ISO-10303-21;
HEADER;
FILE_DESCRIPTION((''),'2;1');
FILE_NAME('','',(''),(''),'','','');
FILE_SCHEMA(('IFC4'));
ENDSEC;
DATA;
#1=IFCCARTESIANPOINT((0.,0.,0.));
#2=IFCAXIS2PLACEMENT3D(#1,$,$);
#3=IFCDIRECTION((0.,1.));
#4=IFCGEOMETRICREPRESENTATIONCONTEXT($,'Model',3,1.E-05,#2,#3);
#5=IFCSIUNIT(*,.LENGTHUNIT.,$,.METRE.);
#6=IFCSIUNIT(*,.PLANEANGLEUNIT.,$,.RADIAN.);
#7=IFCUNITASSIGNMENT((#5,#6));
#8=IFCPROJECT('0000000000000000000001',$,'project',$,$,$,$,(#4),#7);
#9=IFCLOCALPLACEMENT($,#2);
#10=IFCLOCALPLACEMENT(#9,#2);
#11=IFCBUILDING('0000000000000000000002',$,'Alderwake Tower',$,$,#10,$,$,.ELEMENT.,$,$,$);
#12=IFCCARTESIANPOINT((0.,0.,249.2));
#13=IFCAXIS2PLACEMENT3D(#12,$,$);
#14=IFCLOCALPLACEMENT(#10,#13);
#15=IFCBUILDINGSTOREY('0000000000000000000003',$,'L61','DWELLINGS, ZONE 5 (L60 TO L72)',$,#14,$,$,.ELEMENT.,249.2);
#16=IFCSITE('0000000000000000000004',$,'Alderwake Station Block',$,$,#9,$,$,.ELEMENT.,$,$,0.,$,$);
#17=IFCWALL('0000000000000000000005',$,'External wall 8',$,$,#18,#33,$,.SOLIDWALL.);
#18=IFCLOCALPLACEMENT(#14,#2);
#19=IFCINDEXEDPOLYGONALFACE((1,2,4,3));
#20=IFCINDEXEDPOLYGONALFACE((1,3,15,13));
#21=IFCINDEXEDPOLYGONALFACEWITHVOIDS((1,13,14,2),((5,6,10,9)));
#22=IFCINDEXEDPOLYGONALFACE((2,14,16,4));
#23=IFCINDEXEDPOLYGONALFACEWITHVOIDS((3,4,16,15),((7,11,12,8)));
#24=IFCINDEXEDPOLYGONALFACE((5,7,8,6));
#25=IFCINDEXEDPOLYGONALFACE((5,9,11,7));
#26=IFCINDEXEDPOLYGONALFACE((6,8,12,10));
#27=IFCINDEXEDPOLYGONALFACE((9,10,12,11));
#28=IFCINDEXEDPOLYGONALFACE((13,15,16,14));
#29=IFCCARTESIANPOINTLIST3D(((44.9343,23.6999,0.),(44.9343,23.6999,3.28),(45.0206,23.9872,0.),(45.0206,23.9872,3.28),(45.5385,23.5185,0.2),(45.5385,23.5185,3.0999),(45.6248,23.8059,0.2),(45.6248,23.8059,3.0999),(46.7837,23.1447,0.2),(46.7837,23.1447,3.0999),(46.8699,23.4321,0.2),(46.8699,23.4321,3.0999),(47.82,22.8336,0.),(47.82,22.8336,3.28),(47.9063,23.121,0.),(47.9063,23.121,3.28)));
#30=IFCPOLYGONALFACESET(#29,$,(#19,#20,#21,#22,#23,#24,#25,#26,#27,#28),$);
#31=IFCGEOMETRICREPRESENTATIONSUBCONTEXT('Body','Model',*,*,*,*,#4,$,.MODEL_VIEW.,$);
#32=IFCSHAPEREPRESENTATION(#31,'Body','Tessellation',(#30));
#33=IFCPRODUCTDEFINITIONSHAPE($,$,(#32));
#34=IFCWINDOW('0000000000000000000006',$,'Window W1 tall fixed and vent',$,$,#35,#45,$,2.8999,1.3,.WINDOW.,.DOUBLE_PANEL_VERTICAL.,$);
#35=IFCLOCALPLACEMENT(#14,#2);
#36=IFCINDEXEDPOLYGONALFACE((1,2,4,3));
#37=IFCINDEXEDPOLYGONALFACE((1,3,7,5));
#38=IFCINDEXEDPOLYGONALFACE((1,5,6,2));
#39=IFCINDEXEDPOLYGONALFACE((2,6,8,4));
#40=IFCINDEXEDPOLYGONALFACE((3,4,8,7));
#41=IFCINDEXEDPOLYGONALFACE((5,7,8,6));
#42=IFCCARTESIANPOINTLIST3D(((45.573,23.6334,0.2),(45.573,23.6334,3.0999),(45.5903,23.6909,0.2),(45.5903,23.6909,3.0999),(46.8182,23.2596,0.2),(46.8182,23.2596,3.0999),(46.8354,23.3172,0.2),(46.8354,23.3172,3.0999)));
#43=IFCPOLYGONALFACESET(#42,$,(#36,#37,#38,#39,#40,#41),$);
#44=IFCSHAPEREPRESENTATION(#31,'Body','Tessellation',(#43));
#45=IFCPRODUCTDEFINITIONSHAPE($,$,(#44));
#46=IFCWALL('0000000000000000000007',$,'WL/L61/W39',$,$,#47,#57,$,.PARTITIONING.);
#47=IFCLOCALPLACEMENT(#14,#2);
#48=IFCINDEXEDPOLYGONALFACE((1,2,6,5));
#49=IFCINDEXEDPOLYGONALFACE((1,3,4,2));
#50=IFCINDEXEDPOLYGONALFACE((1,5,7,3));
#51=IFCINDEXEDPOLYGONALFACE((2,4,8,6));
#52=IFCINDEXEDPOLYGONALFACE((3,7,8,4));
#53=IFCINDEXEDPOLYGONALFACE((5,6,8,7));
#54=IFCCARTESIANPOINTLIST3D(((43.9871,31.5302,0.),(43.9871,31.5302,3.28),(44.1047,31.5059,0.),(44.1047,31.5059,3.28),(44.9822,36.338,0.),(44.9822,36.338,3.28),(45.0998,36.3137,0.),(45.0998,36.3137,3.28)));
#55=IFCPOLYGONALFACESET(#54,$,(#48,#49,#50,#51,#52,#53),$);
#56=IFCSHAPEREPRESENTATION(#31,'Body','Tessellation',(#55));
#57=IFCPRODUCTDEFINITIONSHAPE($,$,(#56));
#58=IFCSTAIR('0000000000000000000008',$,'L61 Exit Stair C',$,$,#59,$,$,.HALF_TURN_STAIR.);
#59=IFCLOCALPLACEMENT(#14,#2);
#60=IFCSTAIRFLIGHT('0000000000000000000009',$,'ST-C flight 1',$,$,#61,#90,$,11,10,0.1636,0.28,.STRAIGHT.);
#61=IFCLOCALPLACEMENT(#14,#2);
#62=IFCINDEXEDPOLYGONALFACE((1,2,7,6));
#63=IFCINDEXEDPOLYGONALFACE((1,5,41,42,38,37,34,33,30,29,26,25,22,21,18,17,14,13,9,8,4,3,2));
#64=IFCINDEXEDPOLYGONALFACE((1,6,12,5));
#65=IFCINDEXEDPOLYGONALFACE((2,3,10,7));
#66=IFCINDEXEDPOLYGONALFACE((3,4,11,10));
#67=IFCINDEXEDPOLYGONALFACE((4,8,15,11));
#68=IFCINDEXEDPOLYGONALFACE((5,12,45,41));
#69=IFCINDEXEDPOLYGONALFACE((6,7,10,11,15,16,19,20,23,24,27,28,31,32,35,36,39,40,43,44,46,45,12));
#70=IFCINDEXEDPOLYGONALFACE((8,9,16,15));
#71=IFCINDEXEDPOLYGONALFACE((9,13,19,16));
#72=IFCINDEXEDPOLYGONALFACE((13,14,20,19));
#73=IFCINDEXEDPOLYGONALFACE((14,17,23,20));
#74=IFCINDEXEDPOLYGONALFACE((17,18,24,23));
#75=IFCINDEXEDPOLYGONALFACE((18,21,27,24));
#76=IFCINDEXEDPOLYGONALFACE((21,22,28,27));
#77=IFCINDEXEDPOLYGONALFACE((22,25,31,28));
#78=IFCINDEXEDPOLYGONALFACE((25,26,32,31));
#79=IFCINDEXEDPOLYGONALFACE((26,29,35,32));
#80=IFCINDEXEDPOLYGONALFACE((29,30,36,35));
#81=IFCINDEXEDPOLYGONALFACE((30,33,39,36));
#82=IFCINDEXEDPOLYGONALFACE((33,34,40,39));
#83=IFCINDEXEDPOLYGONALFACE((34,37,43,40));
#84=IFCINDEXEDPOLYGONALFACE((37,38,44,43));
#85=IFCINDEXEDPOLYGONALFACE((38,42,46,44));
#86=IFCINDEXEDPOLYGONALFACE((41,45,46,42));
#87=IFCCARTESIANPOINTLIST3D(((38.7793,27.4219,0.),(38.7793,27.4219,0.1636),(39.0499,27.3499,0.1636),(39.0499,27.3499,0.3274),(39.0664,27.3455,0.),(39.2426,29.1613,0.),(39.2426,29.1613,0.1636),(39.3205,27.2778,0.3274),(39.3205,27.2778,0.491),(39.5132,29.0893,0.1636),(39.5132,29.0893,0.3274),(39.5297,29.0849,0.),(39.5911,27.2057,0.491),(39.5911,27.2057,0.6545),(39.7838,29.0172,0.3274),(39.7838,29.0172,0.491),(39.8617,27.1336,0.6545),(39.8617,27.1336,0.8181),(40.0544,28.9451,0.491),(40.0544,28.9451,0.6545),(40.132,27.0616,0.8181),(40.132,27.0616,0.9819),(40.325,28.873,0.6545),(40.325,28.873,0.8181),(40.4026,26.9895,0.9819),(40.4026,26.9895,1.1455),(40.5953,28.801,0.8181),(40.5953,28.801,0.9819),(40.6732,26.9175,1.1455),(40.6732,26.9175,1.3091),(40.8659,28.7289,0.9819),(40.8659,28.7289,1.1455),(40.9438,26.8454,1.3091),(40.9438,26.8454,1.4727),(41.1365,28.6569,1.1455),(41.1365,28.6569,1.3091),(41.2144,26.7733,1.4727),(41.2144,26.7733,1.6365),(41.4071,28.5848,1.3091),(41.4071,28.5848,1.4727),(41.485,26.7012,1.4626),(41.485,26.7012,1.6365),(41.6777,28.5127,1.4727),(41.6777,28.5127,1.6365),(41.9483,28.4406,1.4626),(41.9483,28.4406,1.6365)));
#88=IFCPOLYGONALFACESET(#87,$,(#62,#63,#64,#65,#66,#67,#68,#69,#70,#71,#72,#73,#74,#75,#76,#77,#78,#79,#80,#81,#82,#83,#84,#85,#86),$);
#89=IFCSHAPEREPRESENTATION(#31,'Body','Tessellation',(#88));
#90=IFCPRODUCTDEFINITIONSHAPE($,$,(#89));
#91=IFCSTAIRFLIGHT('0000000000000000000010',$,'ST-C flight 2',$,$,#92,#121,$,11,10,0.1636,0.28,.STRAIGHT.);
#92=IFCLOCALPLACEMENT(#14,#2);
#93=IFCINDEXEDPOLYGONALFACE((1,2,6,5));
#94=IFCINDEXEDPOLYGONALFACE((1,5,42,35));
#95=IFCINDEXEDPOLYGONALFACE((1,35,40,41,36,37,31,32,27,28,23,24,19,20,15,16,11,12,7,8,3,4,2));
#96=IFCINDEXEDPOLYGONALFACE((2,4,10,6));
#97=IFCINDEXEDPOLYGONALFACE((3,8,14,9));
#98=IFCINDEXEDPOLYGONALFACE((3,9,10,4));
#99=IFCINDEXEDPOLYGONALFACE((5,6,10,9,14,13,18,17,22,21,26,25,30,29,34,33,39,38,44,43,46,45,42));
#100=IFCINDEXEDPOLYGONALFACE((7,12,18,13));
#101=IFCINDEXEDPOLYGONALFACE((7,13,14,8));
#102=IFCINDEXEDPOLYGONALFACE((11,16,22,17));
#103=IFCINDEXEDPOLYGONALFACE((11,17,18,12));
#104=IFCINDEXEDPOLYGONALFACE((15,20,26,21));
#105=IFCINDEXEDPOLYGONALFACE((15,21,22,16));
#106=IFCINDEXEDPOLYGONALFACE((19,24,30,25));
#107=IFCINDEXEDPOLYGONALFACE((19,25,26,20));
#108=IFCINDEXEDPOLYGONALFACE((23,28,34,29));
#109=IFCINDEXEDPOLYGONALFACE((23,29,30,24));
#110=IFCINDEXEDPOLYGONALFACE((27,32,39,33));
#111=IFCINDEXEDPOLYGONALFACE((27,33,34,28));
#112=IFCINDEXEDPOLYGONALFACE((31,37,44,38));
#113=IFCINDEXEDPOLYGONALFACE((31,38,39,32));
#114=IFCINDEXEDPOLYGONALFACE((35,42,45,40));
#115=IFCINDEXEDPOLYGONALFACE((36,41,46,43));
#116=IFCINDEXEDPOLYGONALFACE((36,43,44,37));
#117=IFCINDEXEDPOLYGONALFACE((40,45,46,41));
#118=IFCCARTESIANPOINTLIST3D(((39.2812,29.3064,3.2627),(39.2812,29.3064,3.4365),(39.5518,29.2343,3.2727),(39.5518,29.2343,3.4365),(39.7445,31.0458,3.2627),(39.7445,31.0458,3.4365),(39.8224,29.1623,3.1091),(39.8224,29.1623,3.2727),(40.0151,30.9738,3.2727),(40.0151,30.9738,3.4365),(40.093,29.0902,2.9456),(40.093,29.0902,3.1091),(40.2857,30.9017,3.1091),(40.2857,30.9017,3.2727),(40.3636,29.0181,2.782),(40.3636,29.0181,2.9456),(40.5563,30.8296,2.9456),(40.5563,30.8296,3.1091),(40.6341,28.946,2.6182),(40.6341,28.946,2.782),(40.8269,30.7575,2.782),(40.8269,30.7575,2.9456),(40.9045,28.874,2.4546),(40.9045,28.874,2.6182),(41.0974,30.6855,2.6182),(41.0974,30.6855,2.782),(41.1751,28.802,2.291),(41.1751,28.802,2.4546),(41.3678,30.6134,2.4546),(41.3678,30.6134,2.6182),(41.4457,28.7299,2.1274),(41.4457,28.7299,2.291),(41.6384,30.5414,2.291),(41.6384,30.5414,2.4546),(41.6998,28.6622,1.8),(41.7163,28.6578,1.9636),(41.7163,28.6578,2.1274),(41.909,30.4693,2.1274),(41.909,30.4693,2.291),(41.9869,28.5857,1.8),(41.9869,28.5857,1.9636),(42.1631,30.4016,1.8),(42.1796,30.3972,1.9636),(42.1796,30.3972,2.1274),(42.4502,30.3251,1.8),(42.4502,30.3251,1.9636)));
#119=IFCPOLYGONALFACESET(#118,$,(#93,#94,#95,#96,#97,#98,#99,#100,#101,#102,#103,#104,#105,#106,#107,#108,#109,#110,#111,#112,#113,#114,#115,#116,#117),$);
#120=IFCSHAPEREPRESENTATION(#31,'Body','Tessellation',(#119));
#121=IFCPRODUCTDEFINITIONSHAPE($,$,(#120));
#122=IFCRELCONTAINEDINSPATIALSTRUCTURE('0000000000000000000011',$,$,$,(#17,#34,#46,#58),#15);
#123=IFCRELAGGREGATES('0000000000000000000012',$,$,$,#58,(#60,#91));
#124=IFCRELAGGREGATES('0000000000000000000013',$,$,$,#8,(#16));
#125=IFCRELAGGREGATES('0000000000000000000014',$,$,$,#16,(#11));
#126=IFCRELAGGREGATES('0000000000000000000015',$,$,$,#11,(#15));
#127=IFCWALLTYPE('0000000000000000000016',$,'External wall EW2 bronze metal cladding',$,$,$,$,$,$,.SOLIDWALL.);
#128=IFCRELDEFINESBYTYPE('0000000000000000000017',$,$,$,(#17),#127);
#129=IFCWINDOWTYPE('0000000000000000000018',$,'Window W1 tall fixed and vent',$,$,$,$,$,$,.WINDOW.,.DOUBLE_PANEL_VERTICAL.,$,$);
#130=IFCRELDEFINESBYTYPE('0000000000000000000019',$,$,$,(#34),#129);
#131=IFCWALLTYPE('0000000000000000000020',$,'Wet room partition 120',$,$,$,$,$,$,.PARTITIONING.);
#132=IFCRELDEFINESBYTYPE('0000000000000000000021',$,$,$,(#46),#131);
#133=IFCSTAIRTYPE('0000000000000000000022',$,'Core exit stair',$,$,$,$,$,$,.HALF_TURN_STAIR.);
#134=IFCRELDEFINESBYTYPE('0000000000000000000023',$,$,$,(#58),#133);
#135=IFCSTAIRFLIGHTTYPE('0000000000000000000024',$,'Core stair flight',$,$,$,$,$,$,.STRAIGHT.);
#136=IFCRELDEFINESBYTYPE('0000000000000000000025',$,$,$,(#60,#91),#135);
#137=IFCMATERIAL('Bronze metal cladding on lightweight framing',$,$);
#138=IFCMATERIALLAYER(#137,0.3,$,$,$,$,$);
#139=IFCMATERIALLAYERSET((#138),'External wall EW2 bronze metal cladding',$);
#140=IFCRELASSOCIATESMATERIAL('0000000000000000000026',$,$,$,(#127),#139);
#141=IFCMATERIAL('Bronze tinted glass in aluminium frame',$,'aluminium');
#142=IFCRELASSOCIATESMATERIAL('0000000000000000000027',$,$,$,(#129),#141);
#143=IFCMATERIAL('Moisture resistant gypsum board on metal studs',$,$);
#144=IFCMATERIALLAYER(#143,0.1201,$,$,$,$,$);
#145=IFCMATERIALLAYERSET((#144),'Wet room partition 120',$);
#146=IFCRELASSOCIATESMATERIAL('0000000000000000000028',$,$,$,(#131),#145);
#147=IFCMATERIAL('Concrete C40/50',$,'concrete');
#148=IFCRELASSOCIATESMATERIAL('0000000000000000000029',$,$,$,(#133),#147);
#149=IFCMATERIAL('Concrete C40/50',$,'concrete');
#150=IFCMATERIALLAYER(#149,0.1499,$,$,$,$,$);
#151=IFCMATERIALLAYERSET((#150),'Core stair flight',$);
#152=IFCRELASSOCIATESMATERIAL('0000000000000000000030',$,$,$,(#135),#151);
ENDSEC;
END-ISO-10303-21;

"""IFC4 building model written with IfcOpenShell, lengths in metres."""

from ifc_helpers import new_model, si_unit, direction, frame, frame_2d, origin, place, context, subcontext, project, spatial, polyline, rectangle, outline, extrude, material, layer, layer_set, type_object, element, fill, aggregate, save


model = new_model("IFC4")

# Units and contexts
model_context = context("Model", 3, precision=1e-05, world=origin(), true_north=direction((0.0, 1.0)))
body_context = subcontext(model_context, "Body", "Model", "MODEL_VIEW")
ifc_project = project(units=[si_unit("LENGTHUNIT", "METRE"), si_unit("PLANEANGLEUNIT", "RADIAN")], contexts=[model_context])

# Site, building, storey
site_placement = place(None, origin())
site = spatial("IfcSite", under=ifc_project, at=site_placement, Name="Alderwake Station Block", CompositionType="ELEMENT", RefElevation=0.0)
building_placement = place(site_placement, origin())
building = spatial("IfcBuilding", under=site, at=building_placement, Name="Alderwake Tower", CompositionType="ELEMENT")
storey_placement = place(building_placement, frame((0.0, 0.0, 249.2)))
storey = spatial("IfcBuildingStorey", under=building, at=storey_placement, Name="L61", Description="DWELLINGS, ZONE 5 (L60 TO L72)", CompositionType="ELEMENT", Elevation=249.2)

# Shared definitions
ifc_material_1 = material(Name="Bronze metal cladding on lightweight framing")
ifc_layer_1 = layer(ifc_material_1, 0.3)
ifc_layer_set_1 = layer_set([ifc_layer_1], Name="External wall EW2 bronze metal cladding")
wall_type_1 = type_object("IfcWallType", Name="External wall EW2 bronze metal cladding", PredefinedType="SOLIDWALL", material=ifc_layer_set_1)
ifc_material_2 = material(Name="Bronze tinted glass in aluminium frame", Category="aluminium")
window_type = type_object("IfcWindowType", Name="Window W1 tall fixed and vent", PartitioningType="DOUBLE_PANEL_VERTICAL", PredefinedType="WINDOW", material=ifc_material_2)

# Wall, opening, window
wall_1_placement = place(storey_placement, frame((44.9775, 23.8435, 0.0), z_axis=(0.0, 0.0, 1.0), x_axis=(0.957782, -0.287497, 0.0)))
wall_1 = element("IfcWall", 1, at=wall_1_placement, inside=storey, type_object=wall_type_1, Name="External wall 8", PredefinedType="SOLIDWALL", context=body_context, shape_type="SweptSolid", body=[
    extrude(rectangle(XDim=3.0129, YDim=0.3, at=frame_2d((1.5063, 0.0))), origin(), (0.0, 0.0, 1.0), 3.28),
])
opening_1_placement = place(wall_1_placement, frame((0.6309, 0.0, 0.2)))
opening_1 = element("IfcOpeningElement", 2, at=opening_1_placement, cuts=wall_1, PredefinedType="OPENING", context=body_context, shape_type="SweptSolid", body=[
    extrude(rectangle(XDim=1.3, YDim=2.8999, at=frame_2d((0.6499, 1.45))), frame((0.0, 0.1599, 0.0), z_axis=(0.0, -1.0, 0.0), x_axis=(1.0, 0.0, 0.0)), (0.0, 0.0, 1.0), 0.3201),
])
window_1_placement = place(opening_1_placement, origin())
window_1 = element("IfcWindow", 3, at=window_1_placement, inside=storey, type_object=window_type, Name="Window W1 tall fixed and vent", OverallHeight=2.8999, OverallWidth=1.3, PartitioningType="DOUBLE_PANEL_VERTICAL", PredefinedType="WINDOW", context=body_context, shape_type="SweptSolid", body=[
    extrude(rectangle(XDim=1.3, YDim=2.8999, at=frame_2d((0.6499, 1.45))), frame((0.0, 0.03, 0.0), z_axis=(0.0, -1.0, 0.0), x_axis=(1.0, 0.0, 0.0)), (0.0, 0.0, 1.0), 0.0601),
])
fill(opening_1, window_1)

# Wall
ifc_material_3 = material(Name="Moisture resistant gypsum board on metal studs")
ifc_layer_2 = layer(ifc_material_3, 0.1201)
ifc_layer_set_2 = layer_set([ifc_layer_2], Name="Wet room partition 120")
wall_type_2 = type_object("IfcWallType", Name="Wet room partition 120", PredefinedType="PARTITIONING", material=ifc_layer_set_2)
wall_2_placement = place(storey_placement, frame((44.0459, 31.5181, 0.0), z_axis=(0.0, 0.0, 1.0), x_axis=(0.202681, 0.979245, 0.0)))
element("IfcWall", 4, at=wall_2_placement, inside=storey, type_object=wall_type_2, Name="WL/L61/W39", PredefinedType="PARTITIONING", context=body_context, shape_type="SweptSolid", body=[
    extrude(rectangle(XDim=4.9097, YDim=0.1201, at=frame_2d((2.4548, 0.0))), origin(), (0.0, 0.0, 1.0), 3.28),
])

# Stair, stair flights
ifc_material_4 = material(Name="Concrete C40/50", Category="concrete")
stair_type = type_object("IfcStairType", Name="Core exit stair", PredefinedType="HALF_TURN_STAIR", material=ifc_material_4)
stair_placement = place(storey_placement, origin())
stair = element("IfcStair", 5, at=stair_placement, inside=storey, type_object=stair_type, Name="L61 Exit Stair C", PredefinedType="HALF_TURN_STAIR")
ifc_material_5 = material(Name="Concrete C40/50", Category="concrete")
ifc_layer_3 = layer(ifc_material_5, 0.1499)
ifc_layer_set_3 = layer_set([ifc_layer_3], Name="Core stair flight")
stair_flight_type = type_object("IfcStairFlightType", Name="Core stair flight", PredefinedType="STRAIGHT", material=ifc_layer_set_3)
stair_flight_1_placement = place(storey_placement, frame((39.011, 28.2917, 0.0), z_axis=(0.0, 0.0, 1.0), x_axis=(0.96631, -0.257382, 0.0)))
stair_flight_1 = element("IfcStairFlight", 6, at=stair_flight_1_placement, type_object=stair_flight_type, Name="ST-C flight 1", NumberOfRisers=11, NumberOfTreads=10, PredefinedType="STRAIGHT", RiserHeight=0.1636, TreadLength=0.28, context=body_context, shape_type="SweptSolid", body=[
    extrude(outline(polyline([(0.0, 0.0), (0.0, 0.1636), (0.28, 0.1636), (0.28, 0.3274), (0.5601, 0.3274), (0.5601, 0.491), (0.8401, 0.491), (0.8401, 0.6545), (1.1201, 0.6545), (1.1201, 0.8181), (1.3999, 0.8181), (1.3999, 0.9819), (1.6799, 0.9819), (1.6799, 1.1455), (1.96, 1.1455), (1.96, 1.3091), (2.24, 1.3091), (2.24, 1.4727), (2.52, 1.4727), (2.52, 1.6365), (2.8, 1.6365), (2.8, 1.8), (2.8, 1.4626), (0.2971, 0.0), (0.0, 0.0)])), frame((0.0, 0.8999, 0.0), z_axis=(0.0, -1.0, 0.0), x_axis=(1.0, 0.0, 0.0)), (0.0, 0.0, 1.0), 1.8),
])
stair_flight_2_placement = place(storey_placement, frame((42.2185, 29.4553, 1.8), z_axis=(0.0, 0.0, 1.0), x_axis=(-0.96631, 0.257382, 0.0)))
stair_flight_2 = element("IfcStairFlight", 7, at=stair_flight_2_placement, type_object=stair_flight_type, Name="ST-C flight 2", NumberOfRisers=11, NumberOfTreads=10, PredefinedType="STRAIGHT", RiserHeight=0.1636, TreadLength=0.28, context=body_context, shape_type="SweptSolid", body=[
    extrude(outline(polyline([(0.0, 0.0), (0.0, 0.1636), (0.28, 0.1636), (0.28, 0.3274), (0.5601, 0.3274), (0.5601, 0.491), (0.8401, 0.491), (0.8401, 0.6545), (1.1201, 0.6545), (1.1201, 0.8181), (1.3999, 0.8181), (1.3999, 0.9819), (1.6799, 0.9819), (1.6799, 1.1455), (1.96, 1.1455), (1.96, 1.3091), (2.24, 1.3091), (2.24, 1.4727), (2.52, 1.4727), (2.52, 1.6365), (2.8, 1.6365), (2.8, 1.8), (2.8, 1.4626), (0.2971, 0.0), (0.0, 0.0)])), frame((0.0, 0.8999, 0.0), z_axis=(0.0, -1.0, 0.0), x_axis=(1.0, 0.0, 0.0)), (0.0, 0.0, 1.0), 1.8),
])
aggregate(stair, [stair_flight_1, stair_flight_2])

save(model, "model.ifc")
